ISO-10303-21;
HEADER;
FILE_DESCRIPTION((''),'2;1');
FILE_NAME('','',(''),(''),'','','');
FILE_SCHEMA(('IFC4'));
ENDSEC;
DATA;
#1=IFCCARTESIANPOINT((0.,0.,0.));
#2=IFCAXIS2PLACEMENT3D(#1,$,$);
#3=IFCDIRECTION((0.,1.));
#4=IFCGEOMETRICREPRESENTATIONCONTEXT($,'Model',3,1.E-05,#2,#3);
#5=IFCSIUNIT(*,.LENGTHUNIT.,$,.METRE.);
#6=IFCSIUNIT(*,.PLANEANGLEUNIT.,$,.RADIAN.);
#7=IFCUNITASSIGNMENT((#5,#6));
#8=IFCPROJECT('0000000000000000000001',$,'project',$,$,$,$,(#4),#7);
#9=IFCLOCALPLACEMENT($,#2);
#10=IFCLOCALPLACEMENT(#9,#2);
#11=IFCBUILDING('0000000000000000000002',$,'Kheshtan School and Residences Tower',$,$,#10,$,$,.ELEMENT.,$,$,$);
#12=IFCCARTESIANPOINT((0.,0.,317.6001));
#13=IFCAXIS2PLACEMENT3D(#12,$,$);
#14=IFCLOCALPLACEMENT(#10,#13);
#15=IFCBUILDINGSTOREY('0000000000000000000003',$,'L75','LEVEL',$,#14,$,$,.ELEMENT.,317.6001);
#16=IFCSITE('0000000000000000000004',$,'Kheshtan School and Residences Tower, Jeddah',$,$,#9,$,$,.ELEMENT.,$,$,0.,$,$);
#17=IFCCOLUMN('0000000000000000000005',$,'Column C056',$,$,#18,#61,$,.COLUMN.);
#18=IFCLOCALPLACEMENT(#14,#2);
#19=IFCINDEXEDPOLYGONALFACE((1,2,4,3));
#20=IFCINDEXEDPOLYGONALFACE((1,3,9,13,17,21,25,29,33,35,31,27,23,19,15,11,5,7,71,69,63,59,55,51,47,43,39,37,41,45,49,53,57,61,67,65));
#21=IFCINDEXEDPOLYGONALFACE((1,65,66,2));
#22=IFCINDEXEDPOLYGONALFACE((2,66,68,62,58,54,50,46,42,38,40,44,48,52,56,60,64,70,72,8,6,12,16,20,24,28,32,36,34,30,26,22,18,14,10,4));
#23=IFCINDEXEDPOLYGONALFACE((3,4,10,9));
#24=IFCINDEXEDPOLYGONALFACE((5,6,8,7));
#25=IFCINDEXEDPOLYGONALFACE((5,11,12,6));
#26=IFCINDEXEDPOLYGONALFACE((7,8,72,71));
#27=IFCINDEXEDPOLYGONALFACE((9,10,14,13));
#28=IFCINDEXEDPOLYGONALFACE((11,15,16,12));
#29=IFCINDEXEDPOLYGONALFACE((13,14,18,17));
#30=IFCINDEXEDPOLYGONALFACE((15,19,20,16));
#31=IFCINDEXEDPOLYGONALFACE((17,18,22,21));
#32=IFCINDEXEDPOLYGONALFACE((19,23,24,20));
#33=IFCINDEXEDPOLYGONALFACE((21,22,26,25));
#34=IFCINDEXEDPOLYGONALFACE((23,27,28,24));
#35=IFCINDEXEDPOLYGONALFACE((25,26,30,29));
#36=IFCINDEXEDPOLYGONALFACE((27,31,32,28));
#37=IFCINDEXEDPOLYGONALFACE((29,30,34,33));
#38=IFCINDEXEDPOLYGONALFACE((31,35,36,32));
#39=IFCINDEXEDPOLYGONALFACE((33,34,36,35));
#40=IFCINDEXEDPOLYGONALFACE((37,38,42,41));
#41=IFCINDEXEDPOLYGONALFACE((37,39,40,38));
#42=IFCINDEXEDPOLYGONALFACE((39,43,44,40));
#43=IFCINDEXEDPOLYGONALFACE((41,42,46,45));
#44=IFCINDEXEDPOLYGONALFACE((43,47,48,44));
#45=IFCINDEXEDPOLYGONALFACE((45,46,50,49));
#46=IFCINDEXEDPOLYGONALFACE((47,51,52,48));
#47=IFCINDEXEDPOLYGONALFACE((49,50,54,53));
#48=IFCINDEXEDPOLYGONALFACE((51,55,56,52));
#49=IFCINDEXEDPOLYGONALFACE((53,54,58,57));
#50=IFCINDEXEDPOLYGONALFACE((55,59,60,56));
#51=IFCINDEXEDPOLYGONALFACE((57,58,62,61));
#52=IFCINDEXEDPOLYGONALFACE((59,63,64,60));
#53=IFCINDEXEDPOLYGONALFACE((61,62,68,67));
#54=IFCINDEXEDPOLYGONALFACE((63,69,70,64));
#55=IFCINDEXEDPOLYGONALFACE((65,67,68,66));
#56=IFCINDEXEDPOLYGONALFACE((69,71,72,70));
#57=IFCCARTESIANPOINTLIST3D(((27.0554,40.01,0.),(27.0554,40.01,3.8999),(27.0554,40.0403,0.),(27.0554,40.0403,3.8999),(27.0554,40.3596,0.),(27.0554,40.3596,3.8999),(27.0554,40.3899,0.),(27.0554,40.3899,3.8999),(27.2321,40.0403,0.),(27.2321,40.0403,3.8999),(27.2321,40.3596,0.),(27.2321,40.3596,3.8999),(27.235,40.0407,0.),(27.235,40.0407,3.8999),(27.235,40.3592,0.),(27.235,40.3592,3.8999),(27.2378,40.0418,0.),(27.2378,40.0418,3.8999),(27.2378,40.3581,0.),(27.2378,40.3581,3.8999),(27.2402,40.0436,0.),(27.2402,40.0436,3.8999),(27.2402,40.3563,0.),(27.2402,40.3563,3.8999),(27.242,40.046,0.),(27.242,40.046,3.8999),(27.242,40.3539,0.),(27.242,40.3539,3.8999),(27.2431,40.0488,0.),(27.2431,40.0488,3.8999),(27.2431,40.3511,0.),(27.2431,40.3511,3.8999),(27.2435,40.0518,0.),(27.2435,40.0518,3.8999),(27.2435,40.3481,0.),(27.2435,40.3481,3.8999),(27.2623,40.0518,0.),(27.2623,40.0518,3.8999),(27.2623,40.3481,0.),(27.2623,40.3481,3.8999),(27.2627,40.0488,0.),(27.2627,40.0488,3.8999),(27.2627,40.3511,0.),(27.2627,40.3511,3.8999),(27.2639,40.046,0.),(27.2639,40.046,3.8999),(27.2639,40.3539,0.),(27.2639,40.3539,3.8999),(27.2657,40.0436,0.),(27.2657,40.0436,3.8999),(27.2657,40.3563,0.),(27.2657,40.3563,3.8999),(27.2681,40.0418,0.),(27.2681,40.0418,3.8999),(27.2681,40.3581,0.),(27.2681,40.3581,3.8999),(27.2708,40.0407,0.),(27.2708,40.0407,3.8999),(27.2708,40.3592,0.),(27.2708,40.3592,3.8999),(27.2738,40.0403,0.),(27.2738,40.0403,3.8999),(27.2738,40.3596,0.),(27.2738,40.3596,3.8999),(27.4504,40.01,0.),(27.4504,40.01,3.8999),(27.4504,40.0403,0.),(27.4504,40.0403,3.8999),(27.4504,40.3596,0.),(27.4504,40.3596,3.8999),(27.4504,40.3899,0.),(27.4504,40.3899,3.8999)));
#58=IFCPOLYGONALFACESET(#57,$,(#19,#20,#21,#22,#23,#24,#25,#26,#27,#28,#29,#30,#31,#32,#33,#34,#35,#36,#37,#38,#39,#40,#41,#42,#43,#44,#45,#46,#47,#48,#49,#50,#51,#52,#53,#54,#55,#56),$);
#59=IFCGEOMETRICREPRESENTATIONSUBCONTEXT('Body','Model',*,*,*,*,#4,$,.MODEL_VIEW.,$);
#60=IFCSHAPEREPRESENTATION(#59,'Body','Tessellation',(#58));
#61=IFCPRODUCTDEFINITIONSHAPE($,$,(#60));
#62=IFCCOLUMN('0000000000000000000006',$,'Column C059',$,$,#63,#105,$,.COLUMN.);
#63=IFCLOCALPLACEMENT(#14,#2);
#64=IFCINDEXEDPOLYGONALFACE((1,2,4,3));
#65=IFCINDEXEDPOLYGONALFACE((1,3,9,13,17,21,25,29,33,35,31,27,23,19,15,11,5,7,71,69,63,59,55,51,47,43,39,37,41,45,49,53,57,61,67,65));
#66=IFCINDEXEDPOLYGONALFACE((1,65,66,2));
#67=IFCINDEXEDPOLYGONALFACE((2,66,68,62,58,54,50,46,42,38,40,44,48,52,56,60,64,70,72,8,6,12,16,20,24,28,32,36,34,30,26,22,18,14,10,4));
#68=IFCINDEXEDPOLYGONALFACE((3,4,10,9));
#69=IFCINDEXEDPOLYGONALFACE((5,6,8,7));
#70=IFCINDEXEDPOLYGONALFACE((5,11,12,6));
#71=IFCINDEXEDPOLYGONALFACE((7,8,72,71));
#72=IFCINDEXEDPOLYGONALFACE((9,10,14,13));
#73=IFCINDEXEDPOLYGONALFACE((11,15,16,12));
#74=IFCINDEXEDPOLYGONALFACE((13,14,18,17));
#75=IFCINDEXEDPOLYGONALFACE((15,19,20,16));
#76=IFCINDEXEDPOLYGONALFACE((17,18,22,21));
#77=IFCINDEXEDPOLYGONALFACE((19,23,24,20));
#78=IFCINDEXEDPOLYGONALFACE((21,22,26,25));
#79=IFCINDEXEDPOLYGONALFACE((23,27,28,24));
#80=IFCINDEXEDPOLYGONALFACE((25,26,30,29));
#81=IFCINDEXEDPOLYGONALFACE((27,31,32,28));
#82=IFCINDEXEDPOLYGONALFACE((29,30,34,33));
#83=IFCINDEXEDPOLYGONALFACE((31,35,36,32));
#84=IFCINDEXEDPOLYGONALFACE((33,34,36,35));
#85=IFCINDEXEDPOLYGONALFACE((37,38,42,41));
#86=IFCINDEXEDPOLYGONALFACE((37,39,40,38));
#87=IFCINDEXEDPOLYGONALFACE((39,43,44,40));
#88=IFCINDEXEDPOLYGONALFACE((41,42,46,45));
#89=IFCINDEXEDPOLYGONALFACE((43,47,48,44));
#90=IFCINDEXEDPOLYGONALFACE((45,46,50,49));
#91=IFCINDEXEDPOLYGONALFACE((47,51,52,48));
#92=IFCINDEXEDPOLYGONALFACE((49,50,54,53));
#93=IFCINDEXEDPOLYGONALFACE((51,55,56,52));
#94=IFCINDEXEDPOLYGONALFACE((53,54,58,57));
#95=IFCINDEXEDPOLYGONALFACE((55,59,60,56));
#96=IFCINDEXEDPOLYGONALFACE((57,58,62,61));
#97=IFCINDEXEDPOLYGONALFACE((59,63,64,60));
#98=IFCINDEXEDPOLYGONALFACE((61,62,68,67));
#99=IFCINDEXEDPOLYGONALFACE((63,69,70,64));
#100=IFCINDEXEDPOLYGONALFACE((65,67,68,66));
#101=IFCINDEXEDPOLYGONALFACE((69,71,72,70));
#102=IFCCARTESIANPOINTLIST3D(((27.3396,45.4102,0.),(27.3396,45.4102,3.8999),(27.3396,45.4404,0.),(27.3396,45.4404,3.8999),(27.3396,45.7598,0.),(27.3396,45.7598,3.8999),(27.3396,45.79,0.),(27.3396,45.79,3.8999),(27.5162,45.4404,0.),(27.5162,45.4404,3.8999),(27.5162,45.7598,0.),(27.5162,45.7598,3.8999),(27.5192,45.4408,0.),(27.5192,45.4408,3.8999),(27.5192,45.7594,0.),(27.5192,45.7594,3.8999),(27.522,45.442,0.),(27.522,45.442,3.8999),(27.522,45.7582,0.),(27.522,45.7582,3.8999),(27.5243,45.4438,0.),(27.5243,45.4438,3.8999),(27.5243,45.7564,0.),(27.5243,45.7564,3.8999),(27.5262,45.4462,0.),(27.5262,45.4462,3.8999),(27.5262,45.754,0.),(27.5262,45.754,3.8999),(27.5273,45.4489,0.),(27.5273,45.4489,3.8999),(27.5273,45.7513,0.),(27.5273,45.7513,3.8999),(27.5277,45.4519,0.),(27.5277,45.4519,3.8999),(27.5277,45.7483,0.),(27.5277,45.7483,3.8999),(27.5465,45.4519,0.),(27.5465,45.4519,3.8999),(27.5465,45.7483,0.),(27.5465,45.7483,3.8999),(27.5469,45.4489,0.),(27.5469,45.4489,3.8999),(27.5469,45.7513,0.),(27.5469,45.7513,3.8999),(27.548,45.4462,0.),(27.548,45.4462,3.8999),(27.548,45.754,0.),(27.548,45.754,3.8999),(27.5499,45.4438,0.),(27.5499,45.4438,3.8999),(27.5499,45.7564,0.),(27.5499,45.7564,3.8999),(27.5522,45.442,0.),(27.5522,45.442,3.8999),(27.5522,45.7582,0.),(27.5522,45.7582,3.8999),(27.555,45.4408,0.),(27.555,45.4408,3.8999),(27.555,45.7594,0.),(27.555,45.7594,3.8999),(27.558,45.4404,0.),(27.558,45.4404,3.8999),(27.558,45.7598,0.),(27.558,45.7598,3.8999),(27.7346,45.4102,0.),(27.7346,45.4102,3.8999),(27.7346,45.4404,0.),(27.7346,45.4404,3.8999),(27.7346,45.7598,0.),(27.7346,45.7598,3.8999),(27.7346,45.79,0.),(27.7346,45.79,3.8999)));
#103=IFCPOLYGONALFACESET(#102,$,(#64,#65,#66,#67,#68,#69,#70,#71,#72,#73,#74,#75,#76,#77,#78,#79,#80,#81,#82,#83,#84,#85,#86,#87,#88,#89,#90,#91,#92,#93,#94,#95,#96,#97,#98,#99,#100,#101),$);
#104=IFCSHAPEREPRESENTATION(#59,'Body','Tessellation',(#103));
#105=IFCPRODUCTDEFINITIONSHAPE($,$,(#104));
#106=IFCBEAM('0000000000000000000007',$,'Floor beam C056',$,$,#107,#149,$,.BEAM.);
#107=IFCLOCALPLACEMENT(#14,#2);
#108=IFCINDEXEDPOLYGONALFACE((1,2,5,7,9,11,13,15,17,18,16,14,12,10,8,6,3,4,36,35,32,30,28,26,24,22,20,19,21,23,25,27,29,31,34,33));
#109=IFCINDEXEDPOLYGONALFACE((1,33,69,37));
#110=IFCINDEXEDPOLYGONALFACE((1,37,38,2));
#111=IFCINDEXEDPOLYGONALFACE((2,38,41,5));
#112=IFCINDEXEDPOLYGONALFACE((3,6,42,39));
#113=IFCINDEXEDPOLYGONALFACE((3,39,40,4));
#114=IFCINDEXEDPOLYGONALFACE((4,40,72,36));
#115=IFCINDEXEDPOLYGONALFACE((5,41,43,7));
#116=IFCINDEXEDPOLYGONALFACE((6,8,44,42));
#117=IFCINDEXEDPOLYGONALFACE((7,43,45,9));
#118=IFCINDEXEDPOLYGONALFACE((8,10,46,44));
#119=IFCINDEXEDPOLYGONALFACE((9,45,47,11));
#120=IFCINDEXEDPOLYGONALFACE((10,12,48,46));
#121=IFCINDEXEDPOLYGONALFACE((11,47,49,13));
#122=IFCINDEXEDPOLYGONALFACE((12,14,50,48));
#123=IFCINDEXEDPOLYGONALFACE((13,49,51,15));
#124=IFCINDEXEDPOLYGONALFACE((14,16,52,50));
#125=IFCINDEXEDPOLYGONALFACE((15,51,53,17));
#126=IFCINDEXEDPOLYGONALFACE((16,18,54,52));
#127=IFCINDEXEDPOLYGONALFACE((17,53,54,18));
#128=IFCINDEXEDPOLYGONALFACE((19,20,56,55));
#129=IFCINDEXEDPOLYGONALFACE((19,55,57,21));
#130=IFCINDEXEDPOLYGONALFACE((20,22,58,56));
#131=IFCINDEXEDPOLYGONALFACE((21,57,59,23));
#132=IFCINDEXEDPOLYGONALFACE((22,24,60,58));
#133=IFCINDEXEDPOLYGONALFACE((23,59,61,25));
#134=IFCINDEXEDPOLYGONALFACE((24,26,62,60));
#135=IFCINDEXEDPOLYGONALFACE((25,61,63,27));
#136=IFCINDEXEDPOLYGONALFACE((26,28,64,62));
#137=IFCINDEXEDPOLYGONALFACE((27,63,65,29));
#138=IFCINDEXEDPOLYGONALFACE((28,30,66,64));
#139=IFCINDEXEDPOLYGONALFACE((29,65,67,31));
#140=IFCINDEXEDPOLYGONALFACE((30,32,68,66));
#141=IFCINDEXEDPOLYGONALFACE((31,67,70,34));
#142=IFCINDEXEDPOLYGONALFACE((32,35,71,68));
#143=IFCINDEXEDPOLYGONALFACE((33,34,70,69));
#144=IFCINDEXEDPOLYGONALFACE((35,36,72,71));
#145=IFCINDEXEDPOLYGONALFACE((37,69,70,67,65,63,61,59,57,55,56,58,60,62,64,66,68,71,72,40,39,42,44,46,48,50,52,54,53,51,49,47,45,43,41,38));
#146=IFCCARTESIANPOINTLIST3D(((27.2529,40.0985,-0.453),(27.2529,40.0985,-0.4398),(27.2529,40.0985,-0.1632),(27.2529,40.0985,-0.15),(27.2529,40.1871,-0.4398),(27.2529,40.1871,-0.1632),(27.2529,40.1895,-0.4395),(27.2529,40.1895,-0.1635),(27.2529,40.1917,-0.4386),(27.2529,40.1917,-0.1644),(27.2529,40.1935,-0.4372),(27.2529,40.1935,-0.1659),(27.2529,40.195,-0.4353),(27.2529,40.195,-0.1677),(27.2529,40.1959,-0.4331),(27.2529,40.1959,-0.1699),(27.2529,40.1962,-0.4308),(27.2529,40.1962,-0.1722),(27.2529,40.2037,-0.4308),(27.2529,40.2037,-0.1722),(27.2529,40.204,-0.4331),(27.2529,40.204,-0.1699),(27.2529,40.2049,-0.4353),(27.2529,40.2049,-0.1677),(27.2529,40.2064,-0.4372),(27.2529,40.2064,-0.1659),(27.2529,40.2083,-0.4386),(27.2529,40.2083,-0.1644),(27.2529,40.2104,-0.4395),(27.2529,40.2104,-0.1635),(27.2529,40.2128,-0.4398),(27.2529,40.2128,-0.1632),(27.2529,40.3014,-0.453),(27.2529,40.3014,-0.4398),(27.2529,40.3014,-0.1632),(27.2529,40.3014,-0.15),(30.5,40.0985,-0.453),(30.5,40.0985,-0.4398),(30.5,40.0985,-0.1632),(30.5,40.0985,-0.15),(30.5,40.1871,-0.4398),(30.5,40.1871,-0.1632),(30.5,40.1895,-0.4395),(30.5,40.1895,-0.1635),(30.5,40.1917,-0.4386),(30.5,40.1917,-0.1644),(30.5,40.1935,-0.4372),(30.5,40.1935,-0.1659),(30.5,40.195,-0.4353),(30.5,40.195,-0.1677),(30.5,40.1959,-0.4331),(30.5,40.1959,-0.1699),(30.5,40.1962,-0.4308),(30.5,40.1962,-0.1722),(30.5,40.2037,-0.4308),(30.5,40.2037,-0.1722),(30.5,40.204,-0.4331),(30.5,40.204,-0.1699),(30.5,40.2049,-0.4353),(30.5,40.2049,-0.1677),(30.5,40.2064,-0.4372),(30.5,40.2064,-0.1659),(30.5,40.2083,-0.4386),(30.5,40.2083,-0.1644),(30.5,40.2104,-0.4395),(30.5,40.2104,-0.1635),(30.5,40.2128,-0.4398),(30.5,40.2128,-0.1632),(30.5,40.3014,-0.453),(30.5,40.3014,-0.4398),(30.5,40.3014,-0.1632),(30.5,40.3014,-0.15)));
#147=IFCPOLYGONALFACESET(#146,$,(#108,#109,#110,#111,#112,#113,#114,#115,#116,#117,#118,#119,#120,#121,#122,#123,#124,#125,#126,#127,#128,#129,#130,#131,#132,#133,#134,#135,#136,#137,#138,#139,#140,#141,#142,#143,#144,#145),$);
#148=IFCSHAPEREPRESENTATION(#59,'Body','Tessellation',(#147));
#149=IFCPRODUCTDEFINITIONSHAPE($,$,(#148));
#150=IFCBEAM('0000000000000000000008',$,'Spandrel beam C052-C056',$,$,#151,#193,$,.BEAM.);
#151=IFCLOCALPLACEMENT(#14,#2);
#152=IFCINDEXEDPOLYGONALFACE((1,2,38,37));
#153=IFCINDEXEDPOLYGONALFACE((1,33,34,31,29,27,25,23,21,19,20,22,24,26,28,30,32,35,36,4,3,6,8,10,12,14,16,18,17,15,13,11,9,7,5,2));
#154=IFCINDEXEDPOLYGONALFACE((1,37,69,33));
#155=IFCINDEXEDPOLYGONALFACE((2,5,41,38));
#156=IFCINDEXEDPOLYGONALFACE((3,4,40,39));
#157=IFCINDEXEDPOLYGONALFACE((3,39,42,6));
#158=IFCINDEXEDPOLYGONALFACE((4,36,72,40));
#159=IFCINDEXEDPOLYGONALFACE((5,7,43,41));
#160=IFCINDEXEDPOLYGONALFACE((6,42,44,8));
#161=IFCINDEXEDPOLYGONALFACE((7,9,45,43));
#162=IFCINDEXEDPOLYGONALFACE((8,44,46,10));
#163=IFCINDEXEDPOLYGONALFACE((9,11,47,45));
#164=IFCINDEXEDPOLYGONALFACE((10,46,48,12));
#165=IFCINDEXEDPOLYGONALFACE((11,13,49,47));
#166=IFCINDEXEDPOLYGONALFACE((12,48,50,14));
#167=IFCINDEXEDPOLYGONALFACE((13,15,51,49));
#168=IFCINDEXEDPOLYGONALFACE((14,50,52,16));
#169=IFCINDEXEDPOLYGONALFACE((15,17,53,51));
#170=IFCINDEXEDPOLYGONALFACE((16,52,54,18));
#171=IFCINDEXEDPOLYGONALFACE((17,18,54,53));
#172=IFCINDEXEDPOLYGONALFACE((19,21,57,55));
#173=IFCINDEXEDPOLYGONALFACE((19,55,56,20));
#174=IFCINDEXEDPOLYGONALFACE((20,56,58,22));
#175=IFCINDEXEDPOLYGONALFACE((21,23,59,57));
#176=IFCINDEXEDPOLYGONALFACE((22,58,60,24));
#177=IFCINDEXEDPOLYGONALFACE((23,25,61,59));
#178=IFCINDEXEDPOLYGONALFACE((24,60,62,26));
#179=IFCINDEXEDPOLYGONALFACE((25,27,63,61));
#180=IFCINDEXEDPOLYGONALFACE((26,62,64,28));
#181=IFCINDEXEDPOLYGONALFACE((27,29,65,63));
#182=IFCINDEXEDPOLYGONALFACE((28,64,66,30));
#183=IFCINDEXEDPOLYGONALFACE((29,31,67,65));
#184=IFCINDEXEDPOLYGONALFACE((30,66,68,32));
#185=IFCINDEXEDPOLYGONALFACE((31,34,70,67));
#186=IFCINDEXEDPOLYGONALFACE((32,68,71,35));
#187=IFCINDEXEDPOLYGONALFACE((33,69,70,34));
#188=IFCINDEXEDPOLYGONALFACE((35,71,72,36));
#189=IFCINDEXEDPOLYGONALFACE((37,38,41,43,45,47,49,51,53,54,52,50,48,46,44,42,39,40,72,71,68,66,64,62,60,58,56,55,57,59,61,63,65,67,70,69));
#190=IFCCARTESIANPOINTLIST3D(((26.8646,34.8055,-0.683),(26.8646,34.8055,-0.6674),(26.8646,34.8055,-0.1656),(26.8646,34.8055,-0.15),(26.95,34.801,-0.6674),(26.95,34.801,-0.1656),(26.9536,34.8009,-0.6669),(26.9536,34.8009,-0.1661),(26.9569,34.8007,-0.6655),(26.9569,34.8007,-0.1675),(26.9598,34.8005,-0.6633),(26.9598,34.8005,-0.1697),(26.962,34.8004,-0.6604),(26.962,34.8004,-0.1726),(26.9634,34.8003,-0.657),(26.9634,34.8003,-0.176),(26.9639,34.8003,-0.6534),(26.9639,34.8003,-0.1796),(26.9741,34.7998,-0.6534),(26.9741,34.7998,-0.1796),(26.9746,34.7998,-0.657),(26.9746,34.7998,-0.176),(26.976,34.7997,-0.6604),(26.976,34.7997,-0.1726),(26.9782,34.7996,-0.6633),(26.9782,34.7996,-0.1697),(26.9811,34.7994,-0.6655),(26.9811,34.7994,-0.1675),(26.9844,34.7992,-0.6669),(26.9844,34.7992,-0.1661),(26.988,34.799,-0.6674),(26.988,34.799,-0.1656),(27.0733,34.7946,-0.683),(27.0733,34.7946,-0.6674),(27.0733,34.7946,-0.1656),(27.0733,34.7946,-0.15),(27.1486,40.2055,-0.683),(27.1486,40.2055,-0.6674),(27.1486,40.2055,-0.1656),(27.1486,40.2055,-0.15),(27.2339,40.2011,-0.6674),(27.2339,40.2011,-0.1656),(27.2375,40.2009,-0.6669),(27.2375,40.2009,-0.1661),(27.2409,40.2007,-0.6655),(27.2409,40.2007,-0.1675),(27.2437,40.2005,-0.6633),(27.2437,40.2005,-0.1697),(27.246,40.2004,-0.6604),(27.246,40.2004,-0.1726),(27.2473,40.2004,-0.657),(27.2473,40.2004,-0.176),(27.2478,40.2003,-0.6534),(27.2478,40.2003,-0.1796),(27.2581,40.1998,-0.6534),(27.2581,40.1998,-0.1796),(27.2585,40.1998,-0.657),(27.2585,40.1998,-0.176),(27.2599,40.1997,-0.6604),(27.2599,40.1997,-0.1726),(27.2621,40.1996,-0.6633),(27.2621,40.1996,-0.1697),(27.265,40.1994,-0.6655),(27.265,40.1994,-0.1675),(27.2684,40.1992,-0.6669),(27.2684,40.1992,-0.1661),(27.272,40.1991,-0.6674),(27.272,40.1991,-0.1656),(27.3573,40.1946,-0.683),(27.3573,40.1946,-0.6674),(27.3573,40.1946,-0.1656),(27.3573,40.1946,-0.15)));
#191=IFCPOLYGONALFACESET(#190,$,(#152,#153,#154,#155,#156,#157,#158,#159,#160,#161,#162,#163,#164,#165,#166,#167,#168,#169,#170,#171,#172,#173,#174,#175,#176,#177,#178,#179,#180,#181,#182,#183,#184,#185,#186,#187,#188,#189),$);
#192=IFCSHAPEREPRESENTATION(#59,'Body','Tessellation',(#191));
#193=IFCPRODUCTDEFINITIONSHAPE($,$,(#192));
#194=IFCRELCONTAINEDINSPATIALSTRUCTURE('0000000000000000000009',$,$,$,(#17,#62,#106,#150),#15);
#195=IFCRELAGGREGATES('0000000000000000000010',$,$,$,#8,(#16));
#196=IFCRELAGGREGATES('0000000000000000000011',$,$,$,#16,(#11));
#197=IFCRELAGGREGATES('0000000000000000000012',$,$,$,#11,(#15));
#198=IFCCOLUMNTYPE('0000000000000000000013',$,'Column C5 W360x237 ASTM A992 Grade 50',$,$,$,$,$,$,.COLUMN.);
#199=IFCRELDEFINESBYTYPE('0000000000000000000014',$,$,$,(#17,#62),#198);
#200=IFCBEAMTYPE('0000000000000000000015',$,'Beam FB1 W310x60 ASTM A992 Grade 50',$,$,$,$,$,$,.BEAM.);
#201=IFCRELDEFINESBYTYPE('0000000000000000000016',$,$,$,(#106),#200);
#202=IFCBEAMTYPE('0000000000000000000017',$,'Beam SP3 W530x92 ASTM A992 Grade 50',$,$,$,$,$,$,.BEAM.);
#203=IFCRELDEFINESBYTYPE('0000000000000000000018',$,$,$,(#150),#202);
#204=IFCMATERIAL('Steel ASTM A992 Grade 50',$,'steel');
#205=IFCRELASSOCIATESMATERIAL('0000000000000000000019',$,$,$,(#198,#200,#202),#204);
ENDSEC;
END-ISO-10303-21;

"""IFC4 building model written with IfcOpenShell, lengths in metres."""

from ifc_helpers import new_model, si_unit, direction, frame, origin, origin_2d, place, context, subcontext, project, spatial, i_section, extrude, material, material_profile, profile_set, type_object, element, save


model = new_model("IFC4")

# Units and contexts
model_context = context("Model", 3, precision=1e-05, world=origin(), true_north=direction((0.0, 1.0)))
body_context = subcontext(model_context, "Body", "Model", "MODEL_VIEW")
ifc_project = project(units=[si_unit("LENGTHUNIT", "METRE"), si_unit("PLANEANGLEUNIT", "RADIAN")], contexts=[model_context])

# Site, building, storey
site_placement = place(None, origin())
site = spatial("IfcSite", under=ifc_project, at=site_placement, Name="Kheshtan School and Residences Tower, Jeddah", CompositionType="ELEMENT", RefElevation=0.0)
building_placement = place(site_placement, origin())
building = spatial("IfcBuilding", under=site, at=building_placement, Name="Kheshtan School and Residences Tower", CompositionType="ELEMENT")
storey_placement = place(building_placement, frame((0.0, 0.0, 317.6001)))
storey = spatial("IfcBuildingStorey", under=building, at=storey_placement, Name="L75", Description="LEVEL", CompositionType="ELEMENT", Elevation=317.6001)

# Columns
ifc_material_1 = material(Name="Steel ASTM A992 Grade 50", Category="steel")
ifc_material_profile_1 = material_profile(ifc_material_1, i_section(OverallWidth=0.395, OverallDepth=0.3799, WebThickness=0.0188, FlangeThickness=0.0303, FilletRadius=0.0115, at=origin_2d()), Name="W360x237")
ifc_profile_set_1 = profile_set([ifc_material_profile_1], Name="Steel ASTM A992 Grade 50")
column_type = type_object("IfcColumnType", Name="Column C5 W360x237 ASTM A992 Grade 50", PredefinedType="COLUMN", material=ifc_profile_set_1)
for number, where, z_axis, x_axis, name in (
    (1, (27.2529, 40.2, 0.0), (0.0, 0.0, 1.0), (1.0, 0.0, 0.0), "Column C056"),
    (2, (27.5371, 45.6001, 0.0), (0.0, 0.0, 1.0), (1.0, 0.0, 0.0), "Column C059"),
):
    element("IfcColumn", number, at=place(storey_placement, frame(where, z_axis=z_axis, x_axis=x_axis)), inside=storey, type_object=column_type, Name=name, PredefinedType="COLUMN", context=body_context, shape_type="SweptSolid", body=[
        extrude(i_section(OverallWidth=0.395, OverallDepth=0.3799, WebThickness=0.0188, FlangeThickness=0.0303, FilletRadius=0.0115, at=origin_2d()), origin(), (0.0, 0.0, 1.0), 3.8999),
    ])

# Beams
ifc_material_profile_2 = material_profile(ifc_material_1, i_section(OverallWidth=0.2029, OverallDepth=0.303, WebThickness=0.0076, FlangeThickness=0.0132, FilletRadius=0.009, at=origin_2d()), Name="W310x60")
ifc_profile_set_2 = profile_set([ifc_material_profile_2], Name="Steel ASTM A992 Grade 50")
beam_type_1 = type_object("IfcBeamType", Name="Beam FB1 W310x60 ASTM A992 Grade 50", PredefinedType="BEAM", material=ifc_profile_set_2)
beam_1_placement = place(storey_placement, frame((27.2529, 40.2, -0.3015), z_axis=(1.0, 0.0, 0.0), x_axis=(0.0, 1.0, 0.0)))
element("IfcBeam", 3, at=beam_1_placement, inside=storey, type_object=beam_type_1, Name="Floor beam C056", PredefinedType="BEAM", context=body_context, shape_type="SweptSolid", body=[
    extrude(i_section(OverallWidth=0.2029, OverallDepth=0.303, WebThickness=0.0076, FlangeThickness=0.0132, FilletRadius=0.009, at=origin_2d()), origin(), (0.0, 0.0, 1.0), 3.2471),
])
ifc_material_profile_3 = material_profile(ifc_material_1, i_section(OverallWidth=0.209, OverallDepth=0.533, WebThickness=0.0103, FlangeThickness=0.0156, FilletRadius=0.0139, at=origin_2d()), Name="W530x92")
ifc_profile_set_3 = profile_set([ifc_material_profile_3], Name="Steel ASTM A992 Grade 50")
beam_type_2 = type_object("IfcBeamType", Name="Beam SP3 W530x92 ASTM A992 Grade 50", PredefinedType="BEAM", material=ifc_profile_set_3)
beam_2_placement = place(storey_placement, frame((26.969, 34.8, -0.4165), z_axis=(0.052509, 0.99862, 0.0), x_axis=(-0.99862, 0.052509, 0.0)))
element("IfcBeam", 4, at=beam_2_placement, inside=storey, type_object=beam_type_2, Name="Spandrel beam C052-C056", PredefinedType="BEAM", context=body_context, shape_type="SweptSolid", body=[
    extrude(i_section(OverallWidth=0.209, OverallDepth=0.533, WebThickness=0.0103, FlangeThickness=0.0156, FilletRadius=0.0139, at=origin_2d()), origin(), (0.0, 0.0, 1.0), 5.4075),
])

save(model, "model.ifc")
